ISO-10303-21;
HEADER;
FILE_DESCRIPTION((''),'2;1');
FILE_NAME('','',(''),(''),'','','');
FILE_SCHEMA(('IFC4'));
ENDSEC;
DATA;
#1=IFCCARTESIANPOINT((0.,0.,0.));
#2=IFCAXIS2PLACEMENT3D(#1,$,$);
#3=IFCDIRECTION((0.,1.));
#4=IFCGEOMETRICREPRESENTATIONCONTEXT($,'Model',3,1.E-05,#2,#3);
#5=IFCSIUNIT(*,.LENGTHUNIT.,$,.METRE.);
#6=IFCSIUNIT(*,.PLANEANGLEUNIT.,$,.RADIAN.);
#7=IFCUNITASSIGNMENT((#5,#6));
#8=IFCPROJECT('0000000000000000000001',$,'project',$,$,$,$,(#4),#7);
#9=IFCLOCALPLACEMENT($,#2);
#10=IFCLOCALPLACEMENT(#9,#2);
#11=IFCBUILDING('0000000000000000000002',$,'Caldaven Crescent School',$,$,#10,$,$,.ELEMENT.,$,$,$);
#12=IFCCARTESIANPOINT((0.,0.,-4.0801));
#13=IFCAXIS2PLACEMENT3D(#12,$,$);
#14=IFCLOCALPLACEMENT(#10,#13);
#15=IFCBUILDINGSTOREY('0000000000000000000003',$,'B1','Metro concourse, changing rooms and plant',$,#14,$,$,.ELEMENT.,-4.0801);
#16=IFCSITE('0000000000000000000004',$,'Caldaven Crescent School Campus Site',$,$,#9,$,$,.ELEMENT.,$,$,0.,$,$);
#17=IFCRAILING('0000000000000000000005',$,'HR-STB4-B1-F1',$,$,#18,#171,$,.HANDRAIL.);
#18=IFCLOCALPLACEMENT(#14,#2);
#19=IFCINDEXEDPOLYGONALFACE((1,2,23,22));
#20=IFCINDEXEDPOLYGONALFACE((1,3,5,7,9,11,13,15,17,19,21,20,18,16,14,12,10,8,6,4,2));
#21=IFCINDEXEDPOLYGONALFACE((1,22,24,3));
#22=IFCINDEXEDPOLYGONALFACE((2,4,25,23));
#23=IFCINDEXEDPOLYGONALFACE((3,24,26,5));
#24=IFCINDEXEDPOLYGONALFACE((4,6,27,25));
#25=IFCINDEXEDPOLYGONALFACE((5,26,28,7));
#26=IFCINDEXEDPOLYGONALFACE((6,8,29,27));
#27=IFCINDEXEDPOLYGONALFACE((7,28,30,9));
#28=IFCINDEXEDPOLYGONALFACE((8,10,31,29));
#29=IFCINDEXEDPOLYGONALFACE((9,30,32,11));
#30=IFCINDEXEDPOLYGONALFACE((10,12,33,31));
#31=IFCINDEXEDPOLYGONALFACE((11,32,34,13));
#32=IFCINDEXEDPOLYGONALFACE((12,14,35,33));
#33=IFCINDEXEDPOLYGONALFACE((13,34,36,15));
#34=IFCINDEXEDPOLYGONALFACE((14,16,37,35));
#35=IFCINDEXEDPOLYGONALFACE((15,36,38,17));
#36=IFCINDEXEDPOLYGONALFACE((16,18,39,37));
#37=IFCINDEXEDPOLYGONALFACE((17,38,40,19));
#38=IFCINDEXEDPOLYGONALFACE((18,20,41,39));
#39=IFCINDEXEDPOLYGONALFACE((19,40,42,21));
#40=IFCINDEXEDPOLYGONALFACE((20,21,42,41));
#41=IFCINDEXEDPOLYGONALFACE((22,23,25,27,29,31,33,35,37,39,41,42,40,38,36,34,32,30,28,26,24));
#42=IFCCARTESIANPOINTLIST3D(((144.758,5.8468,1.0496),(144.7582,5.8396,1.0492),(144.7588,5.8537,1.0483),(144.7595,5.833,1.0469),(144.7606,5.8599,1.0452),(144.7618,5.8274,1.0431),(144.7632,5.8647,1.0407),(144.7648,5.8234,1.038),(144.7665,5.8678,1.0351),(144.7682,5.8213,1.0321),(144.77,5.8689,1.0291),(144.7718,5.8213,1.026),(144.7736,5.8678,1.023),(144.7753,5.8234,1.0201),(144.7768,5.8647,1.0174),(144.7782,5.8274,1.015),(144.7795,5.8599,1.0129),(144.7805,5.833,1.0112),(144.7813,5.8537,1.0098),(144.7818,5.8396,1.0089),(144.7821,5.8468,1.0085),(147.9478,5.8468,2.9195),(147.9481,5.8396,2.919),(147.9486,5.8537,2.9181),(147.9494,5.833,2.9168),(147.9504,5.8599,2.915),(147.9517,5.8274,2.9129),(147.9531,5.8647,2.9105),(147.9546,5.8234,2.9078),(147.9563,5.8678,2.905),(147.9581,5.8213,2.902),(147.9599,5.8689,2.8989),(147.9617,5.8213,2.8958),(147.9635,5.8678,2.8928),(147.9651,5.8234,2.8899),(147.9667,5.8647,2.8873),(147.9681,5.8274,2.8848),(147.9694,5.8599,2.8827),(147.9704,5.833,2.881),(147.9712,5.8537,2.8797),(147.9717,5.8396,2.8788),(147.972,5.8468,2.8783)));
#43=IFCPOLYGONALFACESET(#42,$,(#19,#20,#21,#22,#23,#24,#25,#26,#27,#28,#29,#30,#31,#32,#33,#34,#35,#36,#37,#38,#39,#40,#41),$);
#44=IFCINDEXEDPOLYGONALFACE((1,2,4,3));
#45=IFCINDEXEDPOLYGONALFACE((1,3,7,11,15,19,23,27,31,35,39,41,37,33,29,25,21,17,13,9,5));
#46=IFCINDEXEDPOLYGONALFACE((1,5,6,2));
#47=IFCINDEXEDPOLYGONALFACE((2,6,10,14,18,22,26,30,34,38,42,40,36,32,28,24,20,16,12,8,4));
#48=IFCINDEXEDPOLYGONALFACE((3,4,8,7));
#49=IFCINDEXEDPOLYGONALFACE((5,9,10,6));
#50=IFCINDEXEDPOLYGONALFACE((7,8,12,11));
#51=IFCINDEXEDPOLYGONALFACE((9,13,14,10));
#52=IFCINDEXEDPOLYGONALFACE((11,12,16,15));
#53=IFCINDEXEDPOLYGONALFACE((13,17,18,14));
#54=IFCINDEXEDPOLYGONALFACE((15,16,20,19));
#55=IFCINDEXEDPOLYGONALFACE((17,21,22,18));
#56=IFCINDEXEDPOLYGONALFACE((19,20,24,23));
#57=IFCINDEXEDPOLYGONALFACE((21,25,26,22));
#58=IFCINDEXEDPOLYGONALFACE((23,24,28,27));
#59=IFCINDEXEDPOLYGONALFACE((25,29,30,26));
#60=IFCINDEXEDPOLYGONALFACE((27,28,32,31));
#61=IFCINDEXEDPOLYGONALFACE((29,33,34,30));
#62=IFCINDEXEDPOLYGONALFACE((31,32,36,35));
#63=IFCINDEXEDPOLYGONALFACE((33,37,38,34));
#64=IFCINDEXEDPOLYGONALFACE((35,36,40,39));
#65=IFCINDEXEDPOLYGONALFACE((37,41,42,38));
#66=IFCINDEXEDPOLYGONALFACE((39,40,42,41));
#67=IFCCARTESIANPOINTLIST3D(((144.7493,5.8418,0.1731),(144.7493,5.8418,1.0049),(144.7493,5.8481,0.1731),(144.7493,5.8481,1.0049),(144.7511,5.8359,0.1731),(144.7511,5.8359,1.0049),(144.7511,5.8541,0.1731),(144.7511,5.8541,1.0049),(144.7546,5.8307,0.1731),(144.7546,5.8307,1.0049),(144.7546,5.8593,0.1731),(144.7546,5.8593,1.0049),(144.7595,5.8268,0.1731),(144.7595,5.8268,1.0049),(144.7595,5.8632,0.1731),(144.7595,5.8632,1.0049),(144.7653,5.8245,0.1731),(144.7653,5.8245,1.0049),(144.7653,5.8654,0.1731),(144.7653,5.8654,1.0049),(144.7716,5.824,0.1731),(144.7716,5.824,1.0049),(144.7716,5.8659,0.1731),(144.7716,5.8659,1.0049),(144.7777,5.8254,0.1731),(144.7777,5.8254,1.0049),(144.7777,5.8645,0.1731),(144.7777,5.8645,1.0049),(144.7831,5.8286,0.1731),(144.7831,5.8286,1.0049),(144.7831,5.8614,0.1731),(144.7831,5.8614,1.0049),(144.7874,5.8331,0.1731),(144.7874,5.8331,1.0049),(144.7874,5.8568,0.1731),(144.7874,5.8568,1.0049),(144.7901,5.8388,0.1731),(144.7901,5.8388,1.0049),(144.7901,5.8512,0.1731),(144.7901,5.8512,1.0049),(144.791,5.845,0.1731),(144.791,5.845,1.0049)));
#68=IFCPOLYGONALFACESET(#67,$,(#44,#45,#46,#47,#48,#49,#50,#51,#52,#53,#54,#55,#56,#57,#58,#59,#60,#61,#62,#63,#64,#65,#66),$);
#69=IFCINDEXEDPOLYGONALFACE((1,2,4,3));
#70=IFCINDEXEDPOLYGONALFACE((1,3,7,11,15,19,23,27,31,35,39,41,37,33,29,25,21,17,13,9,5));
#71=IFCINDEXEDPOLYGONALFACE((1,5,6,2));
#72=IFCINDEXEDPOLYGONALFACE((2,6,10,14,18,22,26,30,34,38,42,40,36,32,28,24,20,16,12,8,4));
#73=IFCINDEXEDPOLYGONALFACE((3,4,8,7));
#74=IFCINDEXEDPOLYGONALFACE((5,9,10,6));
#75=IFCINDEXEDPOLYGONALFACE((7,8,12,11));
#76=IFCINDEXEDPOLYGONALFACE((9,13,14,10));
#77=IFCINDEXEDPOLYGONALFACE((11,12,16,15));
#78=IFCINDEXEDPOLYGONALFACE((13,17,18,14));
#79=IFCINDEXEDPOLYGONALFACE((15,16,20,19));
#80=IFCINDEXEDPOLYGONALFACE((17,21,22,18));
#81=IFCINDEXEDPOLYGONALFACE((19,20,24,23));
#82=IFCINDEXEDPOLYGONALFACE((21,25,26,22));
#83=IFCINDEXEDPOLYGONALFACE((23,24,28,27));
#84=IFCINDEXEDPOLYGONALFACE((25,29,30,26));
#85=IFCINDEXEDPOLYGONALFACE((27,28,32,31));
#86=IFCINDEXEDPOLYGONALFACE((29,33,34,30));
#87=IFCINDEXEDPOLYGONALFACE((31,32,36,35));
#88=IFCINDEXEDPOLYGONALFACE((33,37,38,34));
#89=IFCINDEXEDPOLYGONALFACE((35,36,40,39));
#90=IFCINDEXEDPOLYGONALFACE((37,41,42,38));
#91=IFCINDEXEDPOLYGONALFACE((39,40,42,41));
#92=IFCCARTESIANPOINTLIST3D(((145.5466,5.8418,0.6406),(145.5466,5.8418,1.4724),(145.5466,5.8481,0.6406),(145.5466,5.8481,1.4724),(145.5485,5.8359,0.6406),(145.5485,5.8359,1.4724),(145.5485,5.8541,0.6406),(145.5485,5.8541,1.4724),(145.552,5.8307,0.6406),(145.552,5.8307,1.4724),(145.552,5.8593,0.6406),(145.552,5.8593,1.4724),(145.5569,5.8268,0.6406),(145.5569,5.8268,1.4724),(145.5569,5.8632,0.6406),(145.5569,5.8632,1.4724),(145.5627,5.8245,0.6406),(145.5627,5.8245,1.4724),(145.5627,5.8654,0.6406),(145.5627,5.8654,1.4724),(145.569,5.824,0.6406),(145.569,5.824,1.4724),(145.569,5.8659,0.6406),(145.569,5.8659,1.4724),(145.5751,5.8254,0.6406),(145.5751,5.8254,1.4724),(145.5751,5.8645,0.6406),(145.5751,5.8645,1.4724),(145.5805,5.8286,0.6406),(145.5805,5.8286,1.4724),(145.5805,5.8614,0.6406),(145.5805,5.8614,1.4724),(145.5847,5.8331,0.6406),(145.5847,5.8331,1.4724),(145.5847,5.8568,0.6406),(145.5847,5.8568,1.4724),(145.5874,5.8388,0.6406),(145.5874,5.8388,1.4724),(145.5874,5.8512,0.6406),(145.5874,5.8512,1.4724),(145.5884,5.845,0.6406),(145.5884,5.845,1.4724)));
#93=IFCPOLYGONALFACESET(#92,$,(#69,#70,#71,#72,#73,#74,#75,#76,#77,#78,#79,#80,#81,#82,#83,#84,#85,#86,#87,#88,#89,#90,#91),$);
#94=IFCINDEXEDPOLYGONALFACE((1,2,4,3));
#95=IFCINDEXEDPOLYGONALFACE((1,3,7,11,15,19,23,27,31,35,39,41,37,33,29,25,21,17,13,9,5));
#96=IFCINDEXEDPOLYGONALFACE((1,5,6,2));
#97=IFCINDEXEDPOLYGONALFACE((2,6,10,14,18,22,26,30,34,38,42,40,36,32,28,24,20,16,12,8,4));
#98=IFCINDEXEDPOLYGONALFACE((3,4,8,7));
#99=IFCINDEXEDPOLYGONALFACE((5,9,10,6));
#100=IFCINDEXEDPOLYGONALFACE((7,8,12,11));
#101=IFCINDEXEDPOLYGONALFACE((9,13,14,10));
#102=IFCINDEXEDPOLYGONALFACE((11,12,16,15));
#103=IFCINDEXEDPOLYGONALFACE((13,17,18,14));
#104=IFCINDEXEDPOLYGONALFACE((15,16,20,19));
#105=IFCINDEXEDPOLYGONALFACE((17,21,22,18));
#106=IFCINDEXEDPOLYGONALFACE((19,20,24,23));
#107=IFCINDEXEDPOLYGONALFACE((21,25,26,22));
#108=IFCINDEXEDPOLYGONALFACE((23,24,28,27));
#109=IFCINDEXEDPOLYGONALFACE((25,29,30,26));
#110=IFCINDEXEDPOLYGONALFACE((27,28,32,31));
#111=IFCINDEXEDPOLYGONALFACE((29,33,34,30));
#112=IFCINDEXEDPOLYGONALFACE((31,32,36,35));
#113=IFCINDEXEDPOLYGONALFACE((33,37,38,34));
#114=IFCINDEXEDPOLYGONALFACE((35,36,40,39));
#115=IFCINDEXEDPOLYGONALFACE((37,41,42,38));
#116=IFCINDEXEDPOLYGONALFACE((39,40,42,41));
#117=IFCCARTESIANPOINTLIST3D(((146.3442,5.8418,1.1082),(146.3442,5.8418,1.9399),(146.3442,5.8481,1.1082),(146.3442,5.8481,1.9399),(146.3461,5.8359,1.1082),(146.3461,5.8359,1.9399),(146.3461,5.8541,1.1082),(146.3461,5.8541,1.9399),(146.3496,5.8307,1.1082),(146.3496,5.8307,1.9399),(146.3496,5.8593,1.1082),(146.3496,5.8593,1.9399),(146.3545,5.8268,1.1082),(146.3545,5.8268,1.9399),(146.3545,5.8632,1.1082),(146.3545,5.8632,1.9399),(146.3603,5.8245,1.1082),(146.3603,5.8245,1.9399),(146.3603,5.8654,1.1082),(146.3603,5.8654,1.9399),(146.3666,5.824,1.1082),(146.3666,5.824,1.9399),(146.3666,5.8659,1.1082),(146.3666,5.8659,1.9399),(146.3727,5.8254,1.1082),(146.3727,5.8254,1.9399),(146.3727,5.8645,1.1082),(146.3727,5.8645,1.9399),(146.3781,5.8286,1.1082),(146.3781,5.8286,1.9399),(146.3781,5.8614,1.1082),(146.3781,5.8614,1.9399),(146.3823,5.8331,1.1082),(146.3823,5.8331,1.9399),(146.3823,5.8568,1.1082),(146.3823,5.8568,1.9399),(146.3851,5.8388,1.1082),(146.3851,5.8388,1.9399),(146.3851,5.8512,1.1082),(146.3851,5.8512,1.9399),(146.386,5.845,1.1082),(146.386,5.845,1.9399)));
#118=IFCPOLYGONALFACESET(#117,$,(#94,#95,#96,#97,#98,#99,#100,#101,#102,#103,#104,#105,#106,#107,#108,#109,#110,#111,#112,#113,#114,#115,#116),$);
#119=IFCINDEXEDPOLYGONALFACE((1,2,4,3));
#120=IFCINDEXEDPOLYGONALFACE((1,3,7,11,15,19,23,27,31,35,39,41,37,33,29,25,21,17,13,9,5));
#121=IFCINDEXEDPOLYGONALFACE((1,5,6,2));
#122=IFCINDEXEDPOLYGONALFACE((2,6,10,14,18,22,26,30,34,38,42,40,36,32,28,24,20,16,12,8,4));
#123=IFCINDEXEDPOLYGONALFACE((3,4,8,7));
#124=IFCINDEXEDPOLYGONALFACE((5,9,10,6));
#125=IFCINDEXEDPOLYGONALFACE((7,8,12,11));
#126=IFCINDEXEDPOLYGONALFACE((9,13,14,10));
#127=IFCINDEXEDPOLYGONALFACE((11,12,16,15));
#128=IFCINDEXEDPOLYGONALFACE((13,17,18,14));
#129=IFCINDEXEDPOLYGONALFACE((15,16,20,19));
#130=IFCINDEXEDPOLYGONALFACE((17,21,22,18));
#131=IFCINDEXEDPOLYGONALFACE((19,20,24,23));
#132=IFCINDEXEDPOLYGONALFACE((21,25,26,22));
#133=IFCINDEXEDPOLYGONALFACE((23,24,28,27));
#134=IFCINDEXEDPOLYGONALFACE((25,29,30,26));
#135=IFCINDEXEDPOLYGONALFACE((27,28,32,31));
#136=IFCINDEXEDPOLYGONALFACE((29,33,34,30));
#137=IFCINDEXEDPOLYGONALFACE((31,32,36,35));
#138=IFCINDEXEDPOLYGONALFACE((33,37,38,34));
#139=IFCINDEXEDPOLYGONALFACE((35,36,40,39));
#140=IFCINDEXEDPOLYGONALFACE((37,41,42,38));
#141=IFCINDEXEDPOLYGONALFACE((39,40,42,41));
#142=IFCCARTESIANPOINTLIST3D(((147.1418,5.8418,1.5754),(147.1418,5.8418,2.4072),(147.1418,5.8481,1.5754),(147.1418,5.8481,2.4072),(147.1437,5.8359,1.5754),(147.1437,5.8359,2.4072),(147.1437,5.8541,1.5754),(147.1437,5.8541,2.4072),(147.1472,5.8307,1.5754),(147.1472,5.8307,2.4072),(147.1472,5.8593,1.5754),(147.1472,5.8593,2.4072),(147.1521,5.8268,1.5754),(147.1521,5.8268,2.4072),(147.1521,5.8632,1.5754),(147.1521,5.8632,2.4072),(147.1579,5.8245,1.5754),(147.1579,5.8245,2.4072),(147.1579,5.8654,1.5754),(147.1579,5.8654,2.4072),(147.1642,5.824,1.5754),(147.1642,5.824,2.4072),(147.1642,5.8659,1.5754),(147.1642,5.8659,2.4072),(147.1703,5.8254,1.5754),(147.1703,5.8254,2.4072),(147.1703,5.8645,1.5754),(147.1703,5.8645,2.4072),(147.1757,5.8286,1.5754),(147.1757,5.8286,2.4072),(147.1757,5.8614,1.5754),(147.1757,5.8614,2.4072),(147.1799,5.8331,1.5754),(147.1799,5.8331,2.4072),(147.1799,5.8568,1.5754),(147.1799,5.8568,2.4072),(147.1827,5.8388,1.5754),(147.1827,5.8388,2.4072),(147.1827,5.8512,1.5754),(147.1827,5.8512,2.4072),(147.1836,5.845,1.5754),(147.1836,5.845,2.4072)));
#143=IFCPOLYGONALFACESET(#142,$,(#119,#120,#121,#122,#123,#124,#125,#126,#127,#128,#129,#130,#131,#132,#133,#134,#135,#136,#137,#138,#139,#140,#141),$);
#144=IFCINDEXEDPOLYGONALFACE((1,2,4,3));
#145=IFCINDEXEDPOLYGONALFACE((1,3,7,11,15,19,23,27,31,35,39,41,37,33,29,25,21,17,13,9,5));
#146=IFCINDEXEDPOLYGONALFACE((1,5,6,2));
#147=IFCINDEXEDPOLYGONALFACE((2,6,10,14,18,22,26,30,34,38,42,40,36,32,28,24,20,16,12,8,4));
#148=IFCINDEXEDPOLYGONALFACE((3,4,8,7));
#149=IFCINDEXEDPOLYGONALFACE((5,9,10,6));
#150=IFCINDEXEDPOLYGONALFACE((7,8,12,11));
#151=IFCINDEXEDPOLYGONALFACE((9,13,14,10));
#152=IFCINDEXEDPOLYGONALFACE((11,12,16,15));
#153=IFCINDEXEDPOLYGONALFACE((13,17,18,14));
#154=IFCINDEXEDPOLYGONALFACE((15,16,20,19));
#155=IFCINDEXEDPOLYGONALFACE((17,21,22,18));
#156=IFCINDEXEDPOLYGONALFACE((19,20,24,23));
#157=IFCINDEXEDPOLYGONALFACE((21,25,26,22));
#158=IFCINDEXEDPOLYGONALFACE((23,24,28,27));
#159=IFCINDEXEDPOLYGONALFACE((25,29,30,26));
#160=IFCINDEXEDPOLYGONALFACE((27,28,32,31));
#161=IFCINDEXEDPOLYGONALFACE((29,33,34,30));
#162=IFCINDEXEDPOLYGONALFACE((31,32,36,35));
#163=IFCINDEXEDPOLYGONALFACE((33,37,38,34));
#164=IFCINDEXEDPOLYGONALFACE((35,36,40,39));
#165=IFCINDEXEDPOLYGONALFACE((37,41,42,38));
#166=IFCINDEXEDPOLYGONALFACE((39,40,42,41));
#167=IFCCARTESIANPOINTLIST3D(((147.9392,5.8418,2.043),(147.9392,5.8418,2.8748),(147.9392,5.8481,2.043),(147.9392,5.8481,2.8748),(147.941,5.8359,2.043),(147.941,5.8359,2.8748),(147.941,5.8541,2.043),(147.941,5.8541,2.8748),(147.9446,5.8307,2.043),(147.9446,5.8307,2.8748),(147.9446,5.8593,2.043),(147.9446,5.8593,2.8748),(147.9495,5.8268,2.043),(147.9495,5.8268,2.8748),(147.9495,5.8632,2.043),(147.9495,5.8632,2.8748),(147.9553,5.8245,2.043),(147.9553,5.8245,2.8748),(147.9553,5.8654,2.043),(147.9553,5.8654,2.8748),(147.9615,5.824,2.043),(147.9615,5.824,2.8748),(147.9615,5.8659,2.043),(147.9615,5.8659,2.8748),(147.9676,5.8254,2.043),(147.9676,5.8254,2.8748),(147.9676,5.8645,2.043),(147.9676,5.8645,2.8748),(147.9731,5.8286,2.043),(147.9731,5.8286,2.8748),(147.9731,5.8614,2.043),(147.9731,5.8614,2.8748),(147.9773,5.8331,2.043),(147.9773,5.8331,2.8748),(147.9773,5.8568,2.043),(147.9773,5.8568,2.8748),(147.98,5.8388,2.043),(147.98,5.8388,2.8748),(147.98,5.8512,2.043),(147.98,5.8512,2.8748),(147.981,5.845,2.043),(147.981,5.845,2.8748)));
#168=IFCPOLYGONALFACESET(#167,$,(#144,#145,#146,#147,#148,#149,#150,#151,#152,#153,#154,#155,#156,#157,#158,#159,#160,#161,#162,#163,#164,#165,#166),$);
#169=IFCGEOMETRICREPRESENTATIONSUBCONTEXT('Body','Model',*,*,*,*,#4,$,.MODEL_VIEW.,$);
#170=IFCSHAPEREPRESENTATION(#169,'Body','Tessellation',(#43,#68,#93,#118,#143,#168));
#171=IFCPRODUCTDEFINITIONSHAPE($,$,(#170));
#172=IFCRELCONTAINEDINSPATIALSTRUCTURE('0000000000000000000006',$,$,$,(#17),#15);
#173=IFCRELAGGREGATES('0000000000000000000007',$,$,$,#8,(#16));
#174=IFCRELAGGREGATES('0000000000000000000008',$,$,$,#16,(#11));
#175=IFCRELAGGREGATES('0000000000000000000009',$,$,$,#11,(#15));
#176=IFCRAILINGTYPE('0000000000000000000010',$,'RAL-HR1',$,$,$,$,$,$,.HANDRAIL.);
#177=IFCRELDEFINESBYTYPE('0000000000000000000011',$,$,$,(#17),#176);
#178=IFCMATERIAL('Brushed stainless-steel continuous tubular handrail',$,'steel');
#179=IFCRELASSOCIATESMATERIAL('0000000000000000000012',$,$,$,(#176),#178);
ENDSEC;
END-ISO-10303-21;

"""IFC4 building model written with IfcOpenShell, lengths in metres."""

from ifc_helpers import new_model, si_unit, direction, frame, origin, origin_2d, place, context, subcontext, project, spatial, circle, extrude, material, type_object, element, save


model = new_model("IFC4")

# Units and contexts
model_context = context("Model", 3, precision=1e-05, world=origin(), true_north=direction((0.0, 1.0)))
body_context = subcontext(model_context, "Body", "Model", "MODEL_VIEW")
ifc_project = project(units=[si_unit("LENGTHUNIT", "METRE"), si_unit("PLANEANGLEUNIT", "RADIAN")], contexts=[model_context])

# Site, building, storey
site_placement = place(None, origin())
site = spatial("IfcSite", under=ifc_project, at=site_placement, Name="Caldaven Crescent School Campus Site", CompositionType="ELEMENT", RefElevation=0.0)
building_placement = place(site_placement, origin())
building = spatial("IfcBuilding", under=site, at=building_placement, Name="Caldaven Crescent School", CompositionType="ELEMENT")
storey_placement = place(building_placement, frame((0.0, 0.0, -4.0801)))
storey = spatial("IfcBuildingStorey", under=building, at=storey_placement, Name="B1", Description="Metro concourse, changing rooms and plant", CompositionType="ELEMENT", Elevation=-4.0801)

# Railing
ifc_material_1 = material(Name="Brushed stainless-steel continuous tubular handrail", Category="steel")
railing_type_1 = type_object("IfcRailingType", Name="RAL-HR1", PredefinedType="HANDRAIL", material=ifc_material_1)
railing_1_placement = place(storey_placement, frame((144.77, 5.845, 0.1731)))
element("IfcRailing", 1, at=railing_1_placement, inside=storey, type_object=railing_type_1, Name="HR-STB4-B1-F1", PredefinedType="HANDRAIL", context=body_context, shape_type="SweptSolid", body=[
    extrude(circle(Radius=0.0239, at=origin_2d()), frame((0.0, 0.0, 0.856), z_axis=(0.862709, 0.0, 0.505701), x_axis=(0.0, 1.0, 0.0)), (0.0, 0.0, 1.0), 3.6975),
    extrude(circle(Radius=0.021, at=origin_2d()), origin(), (0.0, 0.0, 1.0), 0.8318),
    extrude(circle(Radius=0.021, at=origin_2d()), frame((0.7974, 0.0, 0.4675)), (0.0, 0.0, 1.0), 0.8318),
    extrude(circle(Radius=0.021, at=origin_2d()), frame((1.595, 0.0, 0.9351)), (0.0, 0.0, 1.0), 0.8318),
    extrude(circle(Radius=0.021, at=origin_2d()), frame((2.3926, 0.0, 1.4023)), (0.0, 0.0, 1.0), 0.8318),
    extrude(circle(Radius=0.021, at=origin_2d()), frame((3.1899, 0.0, 1.8699)), (0.0, 0.0, 1.0), 0.8318),
])

save(model, "model.ifc")
